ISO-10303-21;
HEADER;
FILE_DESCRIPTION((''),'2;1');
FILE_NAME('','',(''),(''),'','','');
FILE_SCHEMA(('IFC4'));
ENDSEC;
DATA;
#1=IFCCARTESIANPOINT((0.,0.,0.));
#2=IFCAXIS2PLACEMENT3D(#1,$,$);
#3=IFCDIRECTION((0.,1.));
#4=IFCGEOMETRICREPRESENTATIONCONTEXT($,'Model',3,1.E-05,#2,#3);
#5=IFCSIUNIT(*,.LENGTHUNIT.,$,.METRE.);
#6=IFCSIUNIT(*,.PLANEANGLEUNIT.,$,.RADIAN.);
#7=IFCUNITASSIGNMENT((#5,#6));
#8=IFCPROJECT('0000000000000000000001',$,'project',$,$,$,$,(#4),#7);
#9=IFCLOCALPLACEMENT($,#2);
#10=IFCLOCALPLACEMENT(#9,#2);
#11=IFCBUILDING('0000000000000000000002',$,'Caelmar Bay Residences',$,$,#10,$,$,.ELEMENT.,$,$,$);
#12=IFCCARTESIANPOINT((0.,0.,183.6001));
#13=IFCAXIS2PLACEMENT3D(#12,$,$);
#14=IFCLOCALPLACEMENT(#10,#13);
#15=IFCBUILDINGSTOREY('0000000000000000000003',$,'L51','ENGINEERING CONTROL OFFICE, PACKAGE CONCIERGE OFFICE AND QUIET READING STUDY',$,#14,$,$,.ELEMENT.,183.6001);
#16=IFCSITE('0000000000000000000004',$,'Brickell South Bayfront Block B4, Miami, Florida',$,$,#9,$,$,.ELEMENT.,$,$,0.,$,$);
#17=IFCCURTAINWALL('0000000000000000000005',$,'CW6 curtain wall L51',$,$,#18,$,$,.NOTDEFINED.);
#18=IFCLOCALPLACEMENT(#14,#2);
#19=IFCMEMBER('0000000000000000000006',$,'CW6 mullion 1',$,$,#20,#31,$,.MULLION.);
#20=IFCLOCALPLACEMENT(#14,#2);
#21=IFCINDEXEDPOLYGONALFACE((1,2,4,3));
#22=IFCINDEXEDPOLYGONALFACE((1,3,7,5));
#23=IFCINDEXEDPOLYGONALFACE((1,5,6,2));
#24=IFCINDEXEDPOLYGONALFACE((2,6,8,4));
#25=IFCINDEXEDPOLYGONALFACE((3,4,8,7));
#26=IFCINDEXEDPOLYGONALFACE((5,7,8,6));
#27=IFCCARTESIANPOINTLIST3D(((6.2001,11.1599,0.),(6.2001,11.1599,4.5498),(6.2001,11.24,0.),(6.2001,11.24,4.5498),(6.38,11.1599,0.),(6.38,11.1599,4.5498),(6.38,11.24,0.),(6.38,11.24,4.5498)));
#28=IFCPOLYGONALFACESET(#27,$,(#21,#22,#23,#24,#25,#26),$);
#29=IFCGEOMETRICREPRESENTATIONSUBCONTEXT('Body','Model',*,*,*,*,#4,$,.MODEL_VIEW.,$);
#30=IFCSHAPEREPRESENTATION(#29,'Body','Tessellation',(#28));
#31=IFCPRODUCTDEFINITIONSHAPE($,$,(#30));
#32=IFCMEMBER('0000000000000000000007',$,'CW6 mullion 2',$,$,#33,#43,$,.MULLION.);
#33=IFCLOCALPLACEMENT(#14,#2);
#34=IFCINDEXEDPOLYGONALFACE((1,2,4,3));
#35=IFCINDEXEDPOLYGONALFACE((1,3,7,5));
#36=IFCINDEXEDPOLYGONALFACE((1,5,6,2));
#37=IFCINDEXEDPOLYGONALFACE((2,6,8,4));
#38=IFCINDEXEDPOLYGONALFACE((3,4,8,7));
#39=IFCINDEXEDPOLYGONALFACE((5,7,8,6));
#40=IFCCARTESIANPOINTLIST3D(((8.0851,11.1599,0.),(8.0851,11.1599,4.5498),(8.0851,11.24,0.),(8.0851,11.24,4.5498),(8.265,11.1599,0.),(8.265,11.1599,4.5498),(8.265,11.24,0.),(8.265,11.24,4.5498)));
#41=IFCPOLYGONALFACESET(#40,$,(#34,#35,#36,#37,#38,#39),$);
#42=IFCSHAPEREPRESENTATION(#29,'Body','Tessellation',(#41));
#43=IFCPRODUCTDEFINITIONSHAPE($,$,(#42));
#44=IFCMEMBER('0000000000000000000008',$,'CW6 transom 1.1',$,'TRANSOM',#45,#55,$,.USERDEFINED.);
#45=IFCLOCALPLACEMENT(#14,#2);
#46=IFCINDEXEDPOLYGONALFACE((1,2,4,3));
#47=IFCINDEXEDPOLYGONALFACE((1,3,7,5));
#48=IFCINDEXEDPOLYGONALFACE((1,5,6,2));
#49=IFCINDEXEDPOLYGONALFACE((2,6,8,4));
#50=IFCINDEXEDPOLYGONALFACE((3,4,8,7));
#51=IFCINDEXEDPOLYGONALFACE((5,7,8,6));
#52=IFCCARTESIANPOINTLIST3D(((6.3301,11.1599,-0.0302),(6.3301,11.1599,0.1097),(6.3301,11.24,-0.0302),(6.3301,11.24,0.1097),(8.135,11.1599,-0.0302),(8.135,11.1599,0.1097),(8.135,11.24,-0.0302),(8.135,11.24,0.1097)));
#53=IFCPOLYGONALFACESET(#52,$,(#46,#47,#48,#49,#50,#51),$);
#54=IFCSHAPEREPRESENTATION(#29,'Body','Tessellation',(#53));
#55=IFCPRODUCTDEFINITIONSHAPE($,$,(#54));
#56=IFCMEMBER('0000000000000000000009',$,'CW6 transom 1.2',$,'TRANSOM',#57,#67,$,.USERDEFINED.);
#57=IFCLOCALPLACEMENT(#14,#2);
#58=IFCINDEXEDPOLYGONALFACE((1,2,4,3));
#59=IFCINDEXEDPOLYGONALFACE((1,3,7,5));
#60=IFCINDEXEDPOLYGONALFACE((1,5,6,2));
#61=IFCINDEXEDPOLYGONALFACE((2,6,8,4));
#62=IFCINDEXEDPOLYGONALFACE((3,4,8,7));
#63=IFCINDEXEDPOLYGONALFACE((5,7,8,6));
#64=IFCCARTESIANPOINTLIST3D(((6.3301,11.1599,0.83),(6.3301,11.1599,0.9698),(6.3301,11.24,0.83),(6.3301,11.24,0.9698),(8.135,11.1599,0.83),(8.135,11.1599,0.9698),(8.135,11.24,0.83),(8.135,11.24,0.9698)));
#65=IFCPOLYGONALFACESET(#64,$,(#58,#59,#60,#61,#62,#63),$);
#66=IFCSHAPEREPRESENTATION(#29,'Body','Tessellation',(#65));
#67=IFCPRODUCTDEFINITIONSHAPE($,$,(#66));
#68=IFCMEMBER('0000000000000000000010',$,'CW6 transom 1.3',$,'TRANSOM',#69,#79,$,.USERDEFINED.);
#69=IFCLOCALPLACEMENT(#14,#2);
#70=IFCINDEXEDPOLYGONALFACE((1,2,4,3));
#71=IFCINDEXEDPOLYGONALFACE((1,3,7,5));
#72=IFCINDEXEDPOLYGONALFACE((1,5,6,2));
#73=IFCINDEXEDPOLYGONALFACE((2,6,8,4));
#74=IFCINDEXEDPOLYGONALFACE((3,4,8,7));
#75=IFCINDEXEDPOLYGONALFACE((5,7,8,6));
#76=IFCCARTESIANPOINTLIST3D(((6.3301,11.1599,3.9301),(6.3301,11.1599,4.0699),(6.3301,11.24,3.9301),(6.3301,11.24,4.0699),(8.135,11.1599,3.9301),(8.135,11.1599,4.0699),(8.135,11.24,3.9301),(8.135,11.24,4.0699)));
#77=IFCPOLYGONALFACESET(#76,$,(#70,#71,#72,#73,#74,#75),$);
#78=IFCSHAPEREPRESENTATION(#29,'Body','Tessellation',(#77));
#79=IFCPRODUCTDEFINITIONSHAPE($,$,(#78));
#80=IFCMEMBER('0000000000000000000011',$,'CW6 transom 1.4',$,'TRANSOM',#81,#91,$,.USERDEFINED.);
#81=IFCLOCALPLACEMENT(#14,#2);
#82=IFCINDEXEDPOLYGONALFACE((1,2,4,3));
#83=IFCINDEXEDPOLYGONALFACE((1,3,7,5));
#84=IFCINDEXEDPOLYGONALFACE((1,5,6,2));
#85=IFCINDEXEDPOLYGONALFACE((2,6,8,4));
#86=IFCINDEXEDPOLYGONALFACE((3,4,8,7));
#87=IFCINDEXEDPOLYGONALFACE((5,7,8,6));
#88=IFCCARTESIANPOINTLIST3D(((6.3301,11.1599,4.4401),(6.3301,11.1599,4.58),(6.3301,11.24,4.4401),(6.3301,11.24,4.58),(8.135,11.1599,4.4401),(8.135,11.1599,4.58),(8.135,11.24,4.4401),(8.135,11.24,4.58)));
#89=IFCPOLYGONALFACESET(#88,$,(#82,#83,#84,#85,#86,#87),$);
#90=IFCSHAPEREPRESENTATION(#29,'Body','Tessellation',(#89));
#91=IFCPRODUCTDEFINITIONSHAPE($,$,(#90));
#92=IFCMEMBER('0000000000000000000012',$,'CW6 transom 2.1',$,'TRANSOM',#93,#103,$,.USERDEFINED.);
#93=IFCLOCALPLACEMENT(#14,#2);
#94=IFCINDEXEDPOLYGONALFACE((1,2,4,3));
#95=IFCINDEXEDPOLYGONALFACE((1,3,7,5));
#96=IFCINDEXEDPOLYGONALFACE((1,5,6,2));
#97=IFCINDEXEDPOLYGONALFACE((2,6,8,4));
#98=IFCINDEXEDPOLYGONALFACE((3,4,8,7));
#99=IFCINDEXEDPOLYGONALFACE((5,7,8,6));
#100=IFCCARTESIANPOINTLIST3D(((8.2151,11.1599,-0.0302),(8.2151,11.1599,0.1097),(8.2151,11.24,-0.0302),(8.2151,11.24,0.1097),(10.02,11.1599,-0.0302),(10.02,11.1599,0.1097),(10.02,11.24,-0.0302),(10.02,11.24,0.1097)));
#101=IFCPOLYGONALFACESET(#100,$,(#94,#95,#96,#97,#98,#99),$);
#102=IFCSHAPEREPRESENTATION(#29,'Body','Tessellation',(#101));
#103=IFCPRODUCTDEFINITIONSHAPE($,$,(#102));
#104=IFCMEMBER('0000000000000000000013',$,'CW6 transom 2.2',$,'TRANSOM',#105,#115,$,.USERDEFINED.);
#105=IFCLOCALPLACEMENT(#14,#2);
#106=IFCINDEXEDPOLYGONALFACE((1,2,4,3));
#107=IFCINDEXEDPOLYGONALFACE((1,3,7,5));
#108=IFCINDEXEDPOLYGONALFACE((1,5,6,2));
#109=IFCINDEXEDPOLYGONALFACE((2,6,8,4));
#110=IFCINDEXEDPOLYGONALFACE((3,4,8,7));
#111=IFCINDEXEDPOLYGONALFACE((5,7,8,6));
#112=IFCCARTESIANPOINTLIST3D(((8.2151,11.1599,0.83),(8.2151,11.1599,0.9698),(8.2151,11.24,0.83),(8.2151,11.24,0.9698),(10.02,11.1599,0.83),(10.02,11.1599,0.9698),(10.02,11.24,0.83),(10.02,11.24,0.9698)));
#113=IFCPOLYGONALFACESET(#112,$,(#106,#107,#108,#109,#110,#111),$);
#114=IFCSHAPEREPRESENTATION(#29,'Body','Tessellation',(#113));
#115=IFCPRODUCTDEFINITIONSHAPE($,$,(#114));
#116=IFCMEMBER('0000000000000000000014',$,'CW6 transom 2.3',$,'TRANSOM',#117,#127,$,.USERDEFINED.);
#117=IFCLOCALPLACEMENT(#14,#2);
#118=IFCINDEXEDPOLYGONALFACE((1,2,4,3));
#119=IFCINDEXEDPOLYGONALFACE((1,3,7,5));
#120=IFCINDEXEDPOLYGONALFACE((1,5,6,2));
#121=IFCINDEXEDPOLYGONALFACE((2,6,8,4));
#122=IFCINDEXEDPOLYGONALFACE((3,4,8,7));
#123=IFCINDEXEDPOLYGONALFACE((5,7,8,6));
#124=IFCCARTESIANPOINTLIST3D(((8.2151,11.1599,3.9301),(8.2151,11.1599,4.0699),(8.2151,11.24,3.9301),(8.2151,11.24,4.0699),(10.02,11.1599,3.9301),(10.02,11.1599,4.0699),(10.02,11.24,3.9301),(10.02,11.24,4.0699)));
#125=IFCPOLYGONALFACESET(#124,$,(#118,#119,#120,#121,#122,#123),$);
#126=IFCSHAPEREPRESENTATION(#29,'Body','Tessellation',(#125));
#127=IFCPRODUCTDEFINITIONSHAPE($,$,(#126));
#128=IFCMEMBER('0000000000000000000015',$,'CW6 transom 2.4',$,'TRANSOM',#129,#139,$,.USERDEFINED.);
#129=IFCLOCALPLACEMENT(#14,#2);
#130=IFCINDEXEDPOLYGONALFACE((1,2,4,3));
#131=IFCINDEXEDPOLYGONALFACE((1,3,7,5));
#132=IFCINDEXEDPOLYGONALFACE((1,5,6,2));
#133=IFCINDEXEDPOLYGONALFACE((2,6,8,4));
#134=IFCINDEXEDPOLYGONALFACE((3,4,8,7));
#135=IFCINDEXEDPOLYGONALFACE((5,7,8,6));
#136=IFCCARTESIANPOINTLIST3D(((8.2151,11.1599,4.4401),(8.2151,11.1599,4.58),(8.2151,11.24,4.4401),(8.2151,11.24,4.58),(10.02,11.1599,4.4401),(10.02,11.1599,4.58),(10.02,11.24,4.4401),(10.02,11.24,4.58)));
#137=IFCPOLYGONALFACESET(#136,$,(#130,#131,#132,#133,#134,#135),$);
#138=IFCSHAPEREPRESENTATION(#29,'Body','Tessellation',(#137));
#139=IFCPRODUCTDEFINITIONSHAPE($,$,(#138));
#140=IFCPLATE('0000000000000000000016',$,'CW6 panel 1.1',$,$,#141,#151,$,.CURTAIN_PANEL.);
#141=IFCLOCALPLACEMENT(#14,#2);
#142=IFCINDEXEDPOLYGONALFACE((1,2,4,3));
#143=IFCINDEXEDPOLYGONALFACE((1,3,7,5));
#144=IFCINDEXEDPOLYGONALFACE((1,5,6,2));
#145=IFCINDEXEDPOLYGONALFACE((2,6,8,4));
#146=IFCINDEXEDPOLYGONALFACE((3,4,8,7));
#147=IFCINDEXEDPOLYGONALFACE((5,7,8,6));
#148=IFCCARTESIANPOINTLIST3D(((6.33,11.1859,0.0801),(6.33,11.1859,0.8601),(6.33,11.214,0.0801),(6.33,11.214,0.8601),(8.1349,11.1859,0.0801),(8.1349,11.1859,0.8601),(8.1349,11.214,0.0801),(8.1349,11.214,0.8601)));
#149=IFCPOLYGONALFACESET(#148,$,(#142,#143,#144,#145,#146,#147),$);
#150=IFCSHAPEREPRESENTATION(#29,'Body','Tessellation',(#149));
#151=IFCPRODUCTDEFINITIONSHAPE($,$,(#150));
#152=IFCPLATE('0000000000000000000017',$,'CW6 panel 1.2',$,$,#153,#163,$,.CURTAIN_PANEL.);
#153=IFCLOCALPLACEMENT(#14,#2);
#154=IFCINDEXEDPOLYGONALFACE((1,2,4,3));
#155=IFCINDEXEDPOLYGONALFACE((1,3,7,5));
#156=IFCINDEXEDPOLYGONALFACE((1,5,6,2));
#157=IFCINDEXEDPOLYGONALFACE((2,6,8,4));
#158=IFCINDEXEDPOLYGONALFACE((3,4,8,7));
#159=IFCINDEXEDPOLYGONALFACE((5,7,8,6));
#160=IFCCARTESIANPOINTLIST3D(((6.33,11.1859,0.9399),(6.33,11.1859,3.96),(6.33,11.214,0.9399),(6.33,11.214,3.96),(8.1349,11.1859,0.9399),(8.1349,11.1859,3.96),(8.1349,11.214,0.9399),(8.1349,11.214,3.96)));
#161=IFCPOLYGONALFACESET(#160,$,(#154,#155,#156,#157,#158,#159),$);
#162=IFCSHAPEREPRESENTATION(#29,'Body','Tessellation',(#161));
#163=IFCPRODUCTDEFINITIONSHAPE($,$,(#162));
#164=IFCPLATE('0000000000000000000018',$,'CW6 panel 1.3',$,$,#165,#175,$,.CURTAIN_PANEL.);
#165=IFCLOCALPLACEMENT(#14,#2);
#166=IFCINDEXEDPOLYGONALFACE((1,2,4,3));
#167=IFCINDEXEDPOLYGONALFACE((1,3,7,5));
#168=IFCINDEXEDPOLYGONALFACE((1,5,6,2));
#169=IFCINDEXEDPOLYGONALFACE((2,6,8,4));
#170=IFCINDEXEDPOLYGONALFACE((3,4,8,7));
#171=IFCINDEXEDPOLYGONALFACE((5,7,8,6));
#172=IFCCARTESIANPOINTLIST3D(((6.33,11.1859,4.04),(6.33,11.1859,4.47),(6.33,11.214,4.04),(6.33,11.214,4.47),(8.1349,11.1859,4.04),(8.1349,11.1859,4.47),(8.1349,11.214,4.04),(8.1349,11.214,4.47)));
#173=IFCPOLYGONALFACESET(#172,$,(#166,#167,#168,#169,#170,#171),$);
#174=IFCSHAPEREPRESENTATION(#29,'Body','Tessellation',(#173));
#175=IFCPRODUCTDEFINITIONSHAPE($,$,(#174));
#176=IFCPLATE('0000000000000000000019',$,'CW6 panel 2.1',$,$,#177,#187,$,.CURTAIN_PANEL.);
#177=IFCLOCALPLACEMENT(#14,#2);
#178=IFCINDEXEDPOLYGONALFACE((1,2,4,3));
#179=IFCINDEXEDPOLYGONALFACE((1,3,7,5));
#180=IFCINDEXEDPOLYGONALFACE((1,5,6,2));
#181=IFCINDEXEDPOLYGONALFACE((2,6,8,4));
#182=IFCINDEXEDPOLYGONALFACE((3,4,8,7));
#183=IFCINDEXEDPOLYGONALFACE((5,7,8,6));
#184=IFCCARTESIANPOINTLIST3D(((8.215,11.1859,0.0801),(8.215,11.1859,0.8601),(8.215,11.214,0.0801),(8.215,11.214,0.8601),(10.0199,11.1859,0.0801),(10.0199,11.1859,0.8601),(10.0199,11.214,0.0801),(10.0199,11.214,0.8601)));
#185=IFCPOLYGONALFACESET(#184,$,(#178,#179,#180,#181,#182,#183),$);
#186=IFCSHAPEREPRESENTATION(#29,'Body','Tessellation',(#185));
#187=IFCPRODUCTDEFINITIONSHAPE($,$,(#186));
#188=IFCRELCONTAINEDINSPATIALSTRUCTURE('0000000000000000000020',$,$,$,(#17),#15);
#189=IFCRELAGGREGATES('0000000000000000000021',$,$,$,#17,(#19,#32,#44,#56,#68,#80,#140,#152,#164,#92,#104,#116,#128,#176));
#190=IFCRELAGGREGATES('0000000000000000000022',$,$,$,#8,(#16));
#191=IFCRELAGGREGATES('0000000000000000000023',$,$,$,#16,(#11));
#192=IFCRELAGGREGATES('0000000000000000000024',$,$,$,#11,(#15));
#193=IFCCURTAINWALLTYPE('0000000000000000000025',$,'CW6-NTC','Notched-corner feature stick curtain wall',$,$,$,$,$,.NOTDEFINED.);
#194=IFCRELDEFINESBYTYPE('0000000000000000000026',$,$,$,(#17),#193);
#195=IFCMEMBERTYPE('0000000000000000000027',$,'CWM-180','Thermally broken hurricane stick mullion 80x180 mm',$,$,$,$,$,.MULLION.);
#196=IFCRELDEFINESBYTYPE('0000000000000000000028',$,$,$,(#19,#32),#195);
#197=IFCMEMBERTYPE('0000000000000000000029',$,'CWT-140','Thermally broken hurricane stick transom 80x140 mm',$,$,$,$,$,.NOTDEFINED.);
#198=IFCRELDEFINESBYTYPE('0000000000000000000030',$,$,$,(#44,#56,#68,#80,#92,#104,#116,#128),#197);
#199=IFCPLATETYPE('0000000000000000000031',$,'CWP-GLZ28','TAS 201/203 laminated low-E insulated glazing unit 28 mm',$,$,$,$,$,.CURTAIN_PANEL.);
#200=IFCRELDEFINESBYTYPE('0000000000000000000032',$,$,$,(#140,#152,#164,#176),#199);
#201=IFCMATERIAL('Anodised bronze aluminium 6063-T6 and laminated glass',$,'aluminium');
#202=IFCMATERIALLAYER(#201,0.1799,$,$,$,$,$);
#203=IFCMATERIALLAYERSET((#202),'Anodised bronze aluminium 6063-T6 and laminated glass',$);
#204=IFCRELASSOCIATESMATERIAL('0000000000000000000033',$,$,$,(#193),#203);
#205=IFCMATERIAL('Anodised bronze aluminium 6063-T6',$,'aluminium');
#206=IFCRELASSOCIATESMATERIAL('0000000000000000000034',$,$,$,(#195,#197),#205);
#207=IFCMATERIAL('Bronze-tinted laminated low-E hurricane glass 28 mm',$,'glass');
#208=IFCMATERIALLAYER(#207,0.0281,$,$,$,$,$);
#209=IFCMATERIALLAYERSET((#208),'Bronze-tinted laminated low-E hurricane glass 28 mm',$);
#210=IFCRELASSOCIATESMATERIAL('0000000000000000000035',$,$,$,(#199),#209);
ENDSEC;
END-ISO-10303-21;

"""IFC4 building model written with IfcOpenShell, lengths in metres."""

from ifc_helpers import new_model, si_unit, direction, frame, origin, origin_2d, place, context, subcontext, project, spatial, rectangle, extrude, material, layer, layer_set, material_profile, profile_set, type_object, element, aggregate, save


model = new_model("IFC4")

# Units and contexts
model_context = context("Model", 3, precision=1e-05, world=origin(), true_north=direction((0.0, 1.0)))
body_context = subcontext(model_context, "Body", "Model", "MODEL_VIEW")
ifc_project = project(units=[si_unit("LENGTHUNIT", "METRE"), si_unit("PLANEANGLEUNIT", "RADIAN")], contexts=[model_context])

# Site, building, storey
site_placement = place(None, origin())
site = spatial("IfcSite", under=ifc_project, at=site_placement, Name="Brickell South Bayfront Block B4, Miami, Florida", CompositionType="ELEMENT", RefElevation=0.0)
building_placement = place(site_placement, origin())
building = spatial("IfcBuilding", under=site, at=building_placement, Name="Caelmar Bay Residences", CompositionType="ELEMENT")
storey_placement = place(building_placement, frame((0.0, 0.0, 183.6001)))
storey = spatial("IfcBuildingStorey", under=building, at=storey_placement, Name="L51", Description="ENGINEERING CONTROL OFFICE, PACKAGE CONCIERGE OFFICE AND QUIET READING STUDY", CompositionType="ELEMENT", Elevation=183.6001)

# Curtain wall, members, plates
ifc_material_1 = material(Name="Anodised bronze aluminium 6063-T6 and laminated glass", Category="aluminium")
ifc_layer_1 = layer(ifc_material_1, 0.1799)
ifc_layer_set_1 = layer_set([ifc_layer_1], Name="Anodised bronze aluminium 6063-T6 and laminated glass")
curtain_wall_type = type_object("IfcCurtainWallType", Name="CW6-NTC", Description="Notched-corner feature stick curtain wall", PredefinedType="NOTDEFINED", material=ifc_layer_set_1)
curtain_wall_placement = place(storey_placement, origin())
curtain_wall = element("IfcCurtainWall", 1, at=curtain_wall_placement, inside=storey, type_object=curtain_wall_type, Name="CW6 curtain wall L51", PredefinedType="NOTDEFINED")
ifc_material_2 = material(Name="Anodised bronze aluminium 6063-T6", Category="aluminium")
ifc_material_profile_1 = material_profile(ifc_material_2, rectangle(XDim=0.0801, YDim=0.1799, at=origin_2d()), Name="CWM-80X180")
ifc_profile_set_1 = profile_set([ifc_material_profile_1], Name="Anodised bronze aluminium 6063-T6")
member_type_1 = type_object("IfcMemberType", Name="CWM-180", Description="Thermally broken hurricane stick mullion 80x180 mm", PredefinedType="MULLION", material=ifc_profile_set_1)
member_1_placement = place(storey_placement, frame((6.29, 11.2, 0.0), z_axis=(0.0, 0.0, 1.0), x_axis=(0.0, 1.0, 0.0)))
member_1 = element("IfcMember", 2, at=member_1_placement, type_object=member_type_1, Name="CW6 mullion 1", PredefinedType="MULLION", context=body_context, shape_type="SweptSolid", body=[
    extrude(rectangle(XDim=0.0801, YDim=0.1799, at=origin_2d()), origin(), (0.0, 0.0, 1.0), 4.5498),
])
member_2_placement = place(storey_placement, frame((8.175, 11.2, 0.0), z_axis=(0.0, 0.0, 1.0), x_axis=(0.0, 1.0, 0.0)))
member_2 = element("IfcMember", 3, at=member_2_placement, type_object=member_type_1, Name="CW6 mullion 2", PredefinedType="MULLION", context=body_context, shape_type="SweptSolid", body=[
    extrude(rectangle(XDim=0.0801, YDim=0.1799, at=origin_2d()), origin(), (0.0, 0.0, 1.0), 4.5498),
])
ifc_material_profile_2 = material_profile(ifc_material_2, rectangle(XDim=0.0801, YDim=0.1399, at=origin_2d()), Name="CWT-80X140")
ifc_profile_set_2 = profile_set([ifc_material_profile_2], Name="Anodised bronze aluminium 6063-T6")
member_type_2 = type_object("IfcMemberType", Name="CWT-140", Description="Thermally broken hurricane stick transom 80x140 mm", PredefinedType="NOTDEFINED", material=ifc_profile_set_2)
member_3_placement = place(storey_placement, frame((6.3301, 11.2, 0.0398), z_axis=(1.0, 0.0, 0.0), x_axis=(0.0, 1.0, 0.0)))
member_3 = element("IfcMember", 4, at=member_3_placement, type_object=member_type_2, Name="CW6 transom 1.1", ObjectType="TRANSOM", PredefinedType="USERDEFINED", context=body_context, shape_type="SweptSolid", body=[
    extrude(rectangle(XDim=0.0801, YDim=0.1399, at=origin_2d()), origin(), (0.0, 0.0, 1.0), 1.8049),
])
member_4_placement = place(storey_placement, frame((6.3301, 11.2, 0.8999), z_axis=(1.0, 0.0, 0.0), x_axis=(0.0, 1.0, 0.0)))
member_4 = element("IfcMember", 5, at=member_4_placement, type_object=member_type_2, Name="CW6 transom 1.2", ObjectType="TRANSOM", PredefinedType="USERDEFINED", context=body_context, shape_type="SweptSolid", body=[
    extrude(rectangle(XDim=0.0801, YDim=0.1399, at=origin_2d()), origin(), (0.0, 0.0, 1.0), 1.8049),
])
member_5_placement = place(storey_placement, frame((6.3301, 11.2, 4.0), z_axis=(1.0, 0.0, 0.0), x_axis=(0.0, 1.0, 0.0)))
member_5 = element("IfcMember", 6, at=member_5_placement, type_object=member_type_2, Name="CW6 transom 1.3", ObjectType="TRANSOM", PredefinedType="USERDEFINED", context=body_context, shape_type="SweptSolid", body=[
    extrude(rectangle(XDim=0.0801, YDim=0.1399, at=origin_2d()), origin(), (0.0, 0.0, 1.0), 1.8049),
])
member_6_placement = place(storey_placement, frame((6.3301, 11.2, 4.51), z_axis=(1.0, 0.0, 0.0), x_axis=(0.0, 1.0, 0.0)))
member_6 = element("IfcMember", 7, at=member_6_placement, type_object=member_type_2, Name="CW6 transom 1.4", ObjectType="TRANSOM", PredefinedType="USERDEFINED", context=body_context, shape_type="SweptSolid", body=[
    extrude(rectangle(XDim=0.0801, YDim=0.1399, at=origin_2d()), origin(), (0.0, 0.0, 1.0), 1.8049),
])
member_7_placement = place(storey_placement, frame((8.2151, 11.2, 0.0398), z_axis=(1.0, 0.0, 0.0), x_axis=(0.0, 1.0, 0.0)))
member_7 = element("IfcMember", 8, at=member_7_placement, type_object=member_type_2, Name="CW6 transom 2.1", ObjectType="TRANSOM", PredefinedType="USERDEFINED", context=body_context, shape_type="SweptSolid", body=[
    extrude(rectangle(XDim=0.0801, YDim=0.1399, at=origin_2d()), origin(), (0.0, 0.0, 1.0), 1.8049),
])
member_8_placement = place(storey_placement, frame((8.2151, 11.2, 0.8999), z_axis=(1.0, 0.0, 0.0), x_axis=(0.0, 1.0, 0.0)))
member_8 = element("IfcMember", 9, at=member_8_placement, type_object=member_type_2, Name="CW6 transom 2.2", ObjectType="TRANSOM", PredefinedType="USERDEFINED", context=body_context, shape_type="SweptSolid", body=[
    extrude(rectangle(XDim=0.0801, YDim=0.1399, at=origin_2d()), origin(), (0.0, 0.0, 1.0), 1.8049),
])
member_9_placement = place(storey_placement, frame((8.2151, 11.2, 4.0), z_axis=(1.0, 0.0, 0.0), x_axis=(0.0, 1.0, 0.0)))
member_9 = element("IfcMember", 10, at=member_9_placement, type_object=member_type_2, Name="CW6 transom 2.3", ObjectType="TRANSOM", PredefinedType="USERDEFINED", context=body_context, shape_type="SweptSolid", body=[
    extrude(rectangle(XDim=0.0801, YDim=0.1399, at=origin_2d()), origin(), (0.0, 0.0, 1.0), 1.8049),
])
member_10_placement = place(storey_placement, frame((8.2151, 11.2, 4.51), z_axis=(1.0, 0.0, 0.0), x_axis=(0.0, 1.0, 0.0)))
member_10 = element("IfcMember", 11, at=member_10_placement, type_object=member_type_2, Name="CW6 transom 2.4", ObjectType="TRANSOM", PredefinedType="USERDEFINED", context=body_context, shape_type="SweptSolid", body=[
    extrude(rectangle(XDim=0.0801, YDim=0.1399, at=origin_2d()), origin(), (0.0, 0.0, 1.0), 1.8049),
])
ifc_material_3 = material(Name="Bronze-tinted laminated low-E hurricane glass 28 mm", Category="glass")
ifc_layer_2 = layer(ifc_material_3, 0.0281)
ifc_layer_set_2 = layer_set([ifc_layer_2], Name="Bronze-tinted laminated low-E hurricane glass 28 mm")
plate_type = type_object("IfcPlateType", Name="CWP-GLZ28", Description="TAS 201/203 laminated low-E insulated glazing unit 28 mm", PredefinedType="CURTAIN_PANEL", material=ifc_layer_set_2)
plate_1_placement = place(storey_placement, frame((7.2324, 11.2, 0.0801), z_axis=(0.0, 0.0, 1.0), x_axis=(1.0, 0.0, 0.0)))
plate_1 = element("IfcPlate", 12, at=plate_1_placement, type_object=plate_type, Name="CW6 panel 1.1", PredefinedType="CURTAIN_PANEL", context=body_context, shape_type="SweptSolid", body=[
    extrude(rectangle(XDim=1.8049, YDim=0.0281, at=origin_2d()), origin(), (0.0, 0.0, 1.0), 0.78),
])
plate_2_placement = place(storey_placement, frame((7.2324, 11.2, 0.9399), z_axis=(0.0, 0.0, 1.0), x_axis=(1.0, 0.0, 0.0)))
plate_2 = element("IfcPlate", 13, at=plate_2_placement, type_object=plate_type, Name="CW6 panel 1.2", PredefinedType="CURTAIN_PANEL", context=body_context, shape_type="SweptSolid", body=[
    extrude(rectangle(XDim=1.8049, YDim=0.0281, at=origin_2d()), origin(), (0.0, 0.0, 1.0), 3.02),
])
plate_3_placement = place(storey_placement, frame((7.2324, 11.2, 4.04), z_axis=(0.0, 0.0, 1.0), x_axis=(1.0, 0.0, 0.0)))
plate_3 = element("IfcPlate", 14, at=plate_3_placement, type_object=plate_type, Name="CW6 panel 1.3", PredefinedType="CURTAIN_PANEL", context=body_context, shape_type="SweptSolid", body=[
    extrude(rectangle(XDim=1.8049, YDim=0.0281, at=origin_2d()), origin(), (0.0, 0.0, 1.0), 0.4299),
])
plate_4_placement = place(storey_placement, frame((9.1174, 11.2, 0.0801), z_axis=(0.0, 0.0, 1.0), x_axis=(1.0, 0.0, 0.0)))
plate_4 = element("IfcPlate", 15, at=plate_4_placement, type_object=plate_type, Name="CW6 panel 2.1", PredefinedType="CURTAIN_PANEL", context=body_context, shape_type="SweptSolid", body=[
    extrude(rectangle(XDim=1.8049, YDim=0.0281, at=origin_2d()), origin(), (0.0, 0.0, 1.0), 0.78),
])
aggregate(curtain_wall, [member_1, member_2, member_3, member_4, member_5, member_6, plate_1, plate_2, plate_3, member_7, member_8, member_9, member_10, plate_4])

save(model, "model.ifc")
